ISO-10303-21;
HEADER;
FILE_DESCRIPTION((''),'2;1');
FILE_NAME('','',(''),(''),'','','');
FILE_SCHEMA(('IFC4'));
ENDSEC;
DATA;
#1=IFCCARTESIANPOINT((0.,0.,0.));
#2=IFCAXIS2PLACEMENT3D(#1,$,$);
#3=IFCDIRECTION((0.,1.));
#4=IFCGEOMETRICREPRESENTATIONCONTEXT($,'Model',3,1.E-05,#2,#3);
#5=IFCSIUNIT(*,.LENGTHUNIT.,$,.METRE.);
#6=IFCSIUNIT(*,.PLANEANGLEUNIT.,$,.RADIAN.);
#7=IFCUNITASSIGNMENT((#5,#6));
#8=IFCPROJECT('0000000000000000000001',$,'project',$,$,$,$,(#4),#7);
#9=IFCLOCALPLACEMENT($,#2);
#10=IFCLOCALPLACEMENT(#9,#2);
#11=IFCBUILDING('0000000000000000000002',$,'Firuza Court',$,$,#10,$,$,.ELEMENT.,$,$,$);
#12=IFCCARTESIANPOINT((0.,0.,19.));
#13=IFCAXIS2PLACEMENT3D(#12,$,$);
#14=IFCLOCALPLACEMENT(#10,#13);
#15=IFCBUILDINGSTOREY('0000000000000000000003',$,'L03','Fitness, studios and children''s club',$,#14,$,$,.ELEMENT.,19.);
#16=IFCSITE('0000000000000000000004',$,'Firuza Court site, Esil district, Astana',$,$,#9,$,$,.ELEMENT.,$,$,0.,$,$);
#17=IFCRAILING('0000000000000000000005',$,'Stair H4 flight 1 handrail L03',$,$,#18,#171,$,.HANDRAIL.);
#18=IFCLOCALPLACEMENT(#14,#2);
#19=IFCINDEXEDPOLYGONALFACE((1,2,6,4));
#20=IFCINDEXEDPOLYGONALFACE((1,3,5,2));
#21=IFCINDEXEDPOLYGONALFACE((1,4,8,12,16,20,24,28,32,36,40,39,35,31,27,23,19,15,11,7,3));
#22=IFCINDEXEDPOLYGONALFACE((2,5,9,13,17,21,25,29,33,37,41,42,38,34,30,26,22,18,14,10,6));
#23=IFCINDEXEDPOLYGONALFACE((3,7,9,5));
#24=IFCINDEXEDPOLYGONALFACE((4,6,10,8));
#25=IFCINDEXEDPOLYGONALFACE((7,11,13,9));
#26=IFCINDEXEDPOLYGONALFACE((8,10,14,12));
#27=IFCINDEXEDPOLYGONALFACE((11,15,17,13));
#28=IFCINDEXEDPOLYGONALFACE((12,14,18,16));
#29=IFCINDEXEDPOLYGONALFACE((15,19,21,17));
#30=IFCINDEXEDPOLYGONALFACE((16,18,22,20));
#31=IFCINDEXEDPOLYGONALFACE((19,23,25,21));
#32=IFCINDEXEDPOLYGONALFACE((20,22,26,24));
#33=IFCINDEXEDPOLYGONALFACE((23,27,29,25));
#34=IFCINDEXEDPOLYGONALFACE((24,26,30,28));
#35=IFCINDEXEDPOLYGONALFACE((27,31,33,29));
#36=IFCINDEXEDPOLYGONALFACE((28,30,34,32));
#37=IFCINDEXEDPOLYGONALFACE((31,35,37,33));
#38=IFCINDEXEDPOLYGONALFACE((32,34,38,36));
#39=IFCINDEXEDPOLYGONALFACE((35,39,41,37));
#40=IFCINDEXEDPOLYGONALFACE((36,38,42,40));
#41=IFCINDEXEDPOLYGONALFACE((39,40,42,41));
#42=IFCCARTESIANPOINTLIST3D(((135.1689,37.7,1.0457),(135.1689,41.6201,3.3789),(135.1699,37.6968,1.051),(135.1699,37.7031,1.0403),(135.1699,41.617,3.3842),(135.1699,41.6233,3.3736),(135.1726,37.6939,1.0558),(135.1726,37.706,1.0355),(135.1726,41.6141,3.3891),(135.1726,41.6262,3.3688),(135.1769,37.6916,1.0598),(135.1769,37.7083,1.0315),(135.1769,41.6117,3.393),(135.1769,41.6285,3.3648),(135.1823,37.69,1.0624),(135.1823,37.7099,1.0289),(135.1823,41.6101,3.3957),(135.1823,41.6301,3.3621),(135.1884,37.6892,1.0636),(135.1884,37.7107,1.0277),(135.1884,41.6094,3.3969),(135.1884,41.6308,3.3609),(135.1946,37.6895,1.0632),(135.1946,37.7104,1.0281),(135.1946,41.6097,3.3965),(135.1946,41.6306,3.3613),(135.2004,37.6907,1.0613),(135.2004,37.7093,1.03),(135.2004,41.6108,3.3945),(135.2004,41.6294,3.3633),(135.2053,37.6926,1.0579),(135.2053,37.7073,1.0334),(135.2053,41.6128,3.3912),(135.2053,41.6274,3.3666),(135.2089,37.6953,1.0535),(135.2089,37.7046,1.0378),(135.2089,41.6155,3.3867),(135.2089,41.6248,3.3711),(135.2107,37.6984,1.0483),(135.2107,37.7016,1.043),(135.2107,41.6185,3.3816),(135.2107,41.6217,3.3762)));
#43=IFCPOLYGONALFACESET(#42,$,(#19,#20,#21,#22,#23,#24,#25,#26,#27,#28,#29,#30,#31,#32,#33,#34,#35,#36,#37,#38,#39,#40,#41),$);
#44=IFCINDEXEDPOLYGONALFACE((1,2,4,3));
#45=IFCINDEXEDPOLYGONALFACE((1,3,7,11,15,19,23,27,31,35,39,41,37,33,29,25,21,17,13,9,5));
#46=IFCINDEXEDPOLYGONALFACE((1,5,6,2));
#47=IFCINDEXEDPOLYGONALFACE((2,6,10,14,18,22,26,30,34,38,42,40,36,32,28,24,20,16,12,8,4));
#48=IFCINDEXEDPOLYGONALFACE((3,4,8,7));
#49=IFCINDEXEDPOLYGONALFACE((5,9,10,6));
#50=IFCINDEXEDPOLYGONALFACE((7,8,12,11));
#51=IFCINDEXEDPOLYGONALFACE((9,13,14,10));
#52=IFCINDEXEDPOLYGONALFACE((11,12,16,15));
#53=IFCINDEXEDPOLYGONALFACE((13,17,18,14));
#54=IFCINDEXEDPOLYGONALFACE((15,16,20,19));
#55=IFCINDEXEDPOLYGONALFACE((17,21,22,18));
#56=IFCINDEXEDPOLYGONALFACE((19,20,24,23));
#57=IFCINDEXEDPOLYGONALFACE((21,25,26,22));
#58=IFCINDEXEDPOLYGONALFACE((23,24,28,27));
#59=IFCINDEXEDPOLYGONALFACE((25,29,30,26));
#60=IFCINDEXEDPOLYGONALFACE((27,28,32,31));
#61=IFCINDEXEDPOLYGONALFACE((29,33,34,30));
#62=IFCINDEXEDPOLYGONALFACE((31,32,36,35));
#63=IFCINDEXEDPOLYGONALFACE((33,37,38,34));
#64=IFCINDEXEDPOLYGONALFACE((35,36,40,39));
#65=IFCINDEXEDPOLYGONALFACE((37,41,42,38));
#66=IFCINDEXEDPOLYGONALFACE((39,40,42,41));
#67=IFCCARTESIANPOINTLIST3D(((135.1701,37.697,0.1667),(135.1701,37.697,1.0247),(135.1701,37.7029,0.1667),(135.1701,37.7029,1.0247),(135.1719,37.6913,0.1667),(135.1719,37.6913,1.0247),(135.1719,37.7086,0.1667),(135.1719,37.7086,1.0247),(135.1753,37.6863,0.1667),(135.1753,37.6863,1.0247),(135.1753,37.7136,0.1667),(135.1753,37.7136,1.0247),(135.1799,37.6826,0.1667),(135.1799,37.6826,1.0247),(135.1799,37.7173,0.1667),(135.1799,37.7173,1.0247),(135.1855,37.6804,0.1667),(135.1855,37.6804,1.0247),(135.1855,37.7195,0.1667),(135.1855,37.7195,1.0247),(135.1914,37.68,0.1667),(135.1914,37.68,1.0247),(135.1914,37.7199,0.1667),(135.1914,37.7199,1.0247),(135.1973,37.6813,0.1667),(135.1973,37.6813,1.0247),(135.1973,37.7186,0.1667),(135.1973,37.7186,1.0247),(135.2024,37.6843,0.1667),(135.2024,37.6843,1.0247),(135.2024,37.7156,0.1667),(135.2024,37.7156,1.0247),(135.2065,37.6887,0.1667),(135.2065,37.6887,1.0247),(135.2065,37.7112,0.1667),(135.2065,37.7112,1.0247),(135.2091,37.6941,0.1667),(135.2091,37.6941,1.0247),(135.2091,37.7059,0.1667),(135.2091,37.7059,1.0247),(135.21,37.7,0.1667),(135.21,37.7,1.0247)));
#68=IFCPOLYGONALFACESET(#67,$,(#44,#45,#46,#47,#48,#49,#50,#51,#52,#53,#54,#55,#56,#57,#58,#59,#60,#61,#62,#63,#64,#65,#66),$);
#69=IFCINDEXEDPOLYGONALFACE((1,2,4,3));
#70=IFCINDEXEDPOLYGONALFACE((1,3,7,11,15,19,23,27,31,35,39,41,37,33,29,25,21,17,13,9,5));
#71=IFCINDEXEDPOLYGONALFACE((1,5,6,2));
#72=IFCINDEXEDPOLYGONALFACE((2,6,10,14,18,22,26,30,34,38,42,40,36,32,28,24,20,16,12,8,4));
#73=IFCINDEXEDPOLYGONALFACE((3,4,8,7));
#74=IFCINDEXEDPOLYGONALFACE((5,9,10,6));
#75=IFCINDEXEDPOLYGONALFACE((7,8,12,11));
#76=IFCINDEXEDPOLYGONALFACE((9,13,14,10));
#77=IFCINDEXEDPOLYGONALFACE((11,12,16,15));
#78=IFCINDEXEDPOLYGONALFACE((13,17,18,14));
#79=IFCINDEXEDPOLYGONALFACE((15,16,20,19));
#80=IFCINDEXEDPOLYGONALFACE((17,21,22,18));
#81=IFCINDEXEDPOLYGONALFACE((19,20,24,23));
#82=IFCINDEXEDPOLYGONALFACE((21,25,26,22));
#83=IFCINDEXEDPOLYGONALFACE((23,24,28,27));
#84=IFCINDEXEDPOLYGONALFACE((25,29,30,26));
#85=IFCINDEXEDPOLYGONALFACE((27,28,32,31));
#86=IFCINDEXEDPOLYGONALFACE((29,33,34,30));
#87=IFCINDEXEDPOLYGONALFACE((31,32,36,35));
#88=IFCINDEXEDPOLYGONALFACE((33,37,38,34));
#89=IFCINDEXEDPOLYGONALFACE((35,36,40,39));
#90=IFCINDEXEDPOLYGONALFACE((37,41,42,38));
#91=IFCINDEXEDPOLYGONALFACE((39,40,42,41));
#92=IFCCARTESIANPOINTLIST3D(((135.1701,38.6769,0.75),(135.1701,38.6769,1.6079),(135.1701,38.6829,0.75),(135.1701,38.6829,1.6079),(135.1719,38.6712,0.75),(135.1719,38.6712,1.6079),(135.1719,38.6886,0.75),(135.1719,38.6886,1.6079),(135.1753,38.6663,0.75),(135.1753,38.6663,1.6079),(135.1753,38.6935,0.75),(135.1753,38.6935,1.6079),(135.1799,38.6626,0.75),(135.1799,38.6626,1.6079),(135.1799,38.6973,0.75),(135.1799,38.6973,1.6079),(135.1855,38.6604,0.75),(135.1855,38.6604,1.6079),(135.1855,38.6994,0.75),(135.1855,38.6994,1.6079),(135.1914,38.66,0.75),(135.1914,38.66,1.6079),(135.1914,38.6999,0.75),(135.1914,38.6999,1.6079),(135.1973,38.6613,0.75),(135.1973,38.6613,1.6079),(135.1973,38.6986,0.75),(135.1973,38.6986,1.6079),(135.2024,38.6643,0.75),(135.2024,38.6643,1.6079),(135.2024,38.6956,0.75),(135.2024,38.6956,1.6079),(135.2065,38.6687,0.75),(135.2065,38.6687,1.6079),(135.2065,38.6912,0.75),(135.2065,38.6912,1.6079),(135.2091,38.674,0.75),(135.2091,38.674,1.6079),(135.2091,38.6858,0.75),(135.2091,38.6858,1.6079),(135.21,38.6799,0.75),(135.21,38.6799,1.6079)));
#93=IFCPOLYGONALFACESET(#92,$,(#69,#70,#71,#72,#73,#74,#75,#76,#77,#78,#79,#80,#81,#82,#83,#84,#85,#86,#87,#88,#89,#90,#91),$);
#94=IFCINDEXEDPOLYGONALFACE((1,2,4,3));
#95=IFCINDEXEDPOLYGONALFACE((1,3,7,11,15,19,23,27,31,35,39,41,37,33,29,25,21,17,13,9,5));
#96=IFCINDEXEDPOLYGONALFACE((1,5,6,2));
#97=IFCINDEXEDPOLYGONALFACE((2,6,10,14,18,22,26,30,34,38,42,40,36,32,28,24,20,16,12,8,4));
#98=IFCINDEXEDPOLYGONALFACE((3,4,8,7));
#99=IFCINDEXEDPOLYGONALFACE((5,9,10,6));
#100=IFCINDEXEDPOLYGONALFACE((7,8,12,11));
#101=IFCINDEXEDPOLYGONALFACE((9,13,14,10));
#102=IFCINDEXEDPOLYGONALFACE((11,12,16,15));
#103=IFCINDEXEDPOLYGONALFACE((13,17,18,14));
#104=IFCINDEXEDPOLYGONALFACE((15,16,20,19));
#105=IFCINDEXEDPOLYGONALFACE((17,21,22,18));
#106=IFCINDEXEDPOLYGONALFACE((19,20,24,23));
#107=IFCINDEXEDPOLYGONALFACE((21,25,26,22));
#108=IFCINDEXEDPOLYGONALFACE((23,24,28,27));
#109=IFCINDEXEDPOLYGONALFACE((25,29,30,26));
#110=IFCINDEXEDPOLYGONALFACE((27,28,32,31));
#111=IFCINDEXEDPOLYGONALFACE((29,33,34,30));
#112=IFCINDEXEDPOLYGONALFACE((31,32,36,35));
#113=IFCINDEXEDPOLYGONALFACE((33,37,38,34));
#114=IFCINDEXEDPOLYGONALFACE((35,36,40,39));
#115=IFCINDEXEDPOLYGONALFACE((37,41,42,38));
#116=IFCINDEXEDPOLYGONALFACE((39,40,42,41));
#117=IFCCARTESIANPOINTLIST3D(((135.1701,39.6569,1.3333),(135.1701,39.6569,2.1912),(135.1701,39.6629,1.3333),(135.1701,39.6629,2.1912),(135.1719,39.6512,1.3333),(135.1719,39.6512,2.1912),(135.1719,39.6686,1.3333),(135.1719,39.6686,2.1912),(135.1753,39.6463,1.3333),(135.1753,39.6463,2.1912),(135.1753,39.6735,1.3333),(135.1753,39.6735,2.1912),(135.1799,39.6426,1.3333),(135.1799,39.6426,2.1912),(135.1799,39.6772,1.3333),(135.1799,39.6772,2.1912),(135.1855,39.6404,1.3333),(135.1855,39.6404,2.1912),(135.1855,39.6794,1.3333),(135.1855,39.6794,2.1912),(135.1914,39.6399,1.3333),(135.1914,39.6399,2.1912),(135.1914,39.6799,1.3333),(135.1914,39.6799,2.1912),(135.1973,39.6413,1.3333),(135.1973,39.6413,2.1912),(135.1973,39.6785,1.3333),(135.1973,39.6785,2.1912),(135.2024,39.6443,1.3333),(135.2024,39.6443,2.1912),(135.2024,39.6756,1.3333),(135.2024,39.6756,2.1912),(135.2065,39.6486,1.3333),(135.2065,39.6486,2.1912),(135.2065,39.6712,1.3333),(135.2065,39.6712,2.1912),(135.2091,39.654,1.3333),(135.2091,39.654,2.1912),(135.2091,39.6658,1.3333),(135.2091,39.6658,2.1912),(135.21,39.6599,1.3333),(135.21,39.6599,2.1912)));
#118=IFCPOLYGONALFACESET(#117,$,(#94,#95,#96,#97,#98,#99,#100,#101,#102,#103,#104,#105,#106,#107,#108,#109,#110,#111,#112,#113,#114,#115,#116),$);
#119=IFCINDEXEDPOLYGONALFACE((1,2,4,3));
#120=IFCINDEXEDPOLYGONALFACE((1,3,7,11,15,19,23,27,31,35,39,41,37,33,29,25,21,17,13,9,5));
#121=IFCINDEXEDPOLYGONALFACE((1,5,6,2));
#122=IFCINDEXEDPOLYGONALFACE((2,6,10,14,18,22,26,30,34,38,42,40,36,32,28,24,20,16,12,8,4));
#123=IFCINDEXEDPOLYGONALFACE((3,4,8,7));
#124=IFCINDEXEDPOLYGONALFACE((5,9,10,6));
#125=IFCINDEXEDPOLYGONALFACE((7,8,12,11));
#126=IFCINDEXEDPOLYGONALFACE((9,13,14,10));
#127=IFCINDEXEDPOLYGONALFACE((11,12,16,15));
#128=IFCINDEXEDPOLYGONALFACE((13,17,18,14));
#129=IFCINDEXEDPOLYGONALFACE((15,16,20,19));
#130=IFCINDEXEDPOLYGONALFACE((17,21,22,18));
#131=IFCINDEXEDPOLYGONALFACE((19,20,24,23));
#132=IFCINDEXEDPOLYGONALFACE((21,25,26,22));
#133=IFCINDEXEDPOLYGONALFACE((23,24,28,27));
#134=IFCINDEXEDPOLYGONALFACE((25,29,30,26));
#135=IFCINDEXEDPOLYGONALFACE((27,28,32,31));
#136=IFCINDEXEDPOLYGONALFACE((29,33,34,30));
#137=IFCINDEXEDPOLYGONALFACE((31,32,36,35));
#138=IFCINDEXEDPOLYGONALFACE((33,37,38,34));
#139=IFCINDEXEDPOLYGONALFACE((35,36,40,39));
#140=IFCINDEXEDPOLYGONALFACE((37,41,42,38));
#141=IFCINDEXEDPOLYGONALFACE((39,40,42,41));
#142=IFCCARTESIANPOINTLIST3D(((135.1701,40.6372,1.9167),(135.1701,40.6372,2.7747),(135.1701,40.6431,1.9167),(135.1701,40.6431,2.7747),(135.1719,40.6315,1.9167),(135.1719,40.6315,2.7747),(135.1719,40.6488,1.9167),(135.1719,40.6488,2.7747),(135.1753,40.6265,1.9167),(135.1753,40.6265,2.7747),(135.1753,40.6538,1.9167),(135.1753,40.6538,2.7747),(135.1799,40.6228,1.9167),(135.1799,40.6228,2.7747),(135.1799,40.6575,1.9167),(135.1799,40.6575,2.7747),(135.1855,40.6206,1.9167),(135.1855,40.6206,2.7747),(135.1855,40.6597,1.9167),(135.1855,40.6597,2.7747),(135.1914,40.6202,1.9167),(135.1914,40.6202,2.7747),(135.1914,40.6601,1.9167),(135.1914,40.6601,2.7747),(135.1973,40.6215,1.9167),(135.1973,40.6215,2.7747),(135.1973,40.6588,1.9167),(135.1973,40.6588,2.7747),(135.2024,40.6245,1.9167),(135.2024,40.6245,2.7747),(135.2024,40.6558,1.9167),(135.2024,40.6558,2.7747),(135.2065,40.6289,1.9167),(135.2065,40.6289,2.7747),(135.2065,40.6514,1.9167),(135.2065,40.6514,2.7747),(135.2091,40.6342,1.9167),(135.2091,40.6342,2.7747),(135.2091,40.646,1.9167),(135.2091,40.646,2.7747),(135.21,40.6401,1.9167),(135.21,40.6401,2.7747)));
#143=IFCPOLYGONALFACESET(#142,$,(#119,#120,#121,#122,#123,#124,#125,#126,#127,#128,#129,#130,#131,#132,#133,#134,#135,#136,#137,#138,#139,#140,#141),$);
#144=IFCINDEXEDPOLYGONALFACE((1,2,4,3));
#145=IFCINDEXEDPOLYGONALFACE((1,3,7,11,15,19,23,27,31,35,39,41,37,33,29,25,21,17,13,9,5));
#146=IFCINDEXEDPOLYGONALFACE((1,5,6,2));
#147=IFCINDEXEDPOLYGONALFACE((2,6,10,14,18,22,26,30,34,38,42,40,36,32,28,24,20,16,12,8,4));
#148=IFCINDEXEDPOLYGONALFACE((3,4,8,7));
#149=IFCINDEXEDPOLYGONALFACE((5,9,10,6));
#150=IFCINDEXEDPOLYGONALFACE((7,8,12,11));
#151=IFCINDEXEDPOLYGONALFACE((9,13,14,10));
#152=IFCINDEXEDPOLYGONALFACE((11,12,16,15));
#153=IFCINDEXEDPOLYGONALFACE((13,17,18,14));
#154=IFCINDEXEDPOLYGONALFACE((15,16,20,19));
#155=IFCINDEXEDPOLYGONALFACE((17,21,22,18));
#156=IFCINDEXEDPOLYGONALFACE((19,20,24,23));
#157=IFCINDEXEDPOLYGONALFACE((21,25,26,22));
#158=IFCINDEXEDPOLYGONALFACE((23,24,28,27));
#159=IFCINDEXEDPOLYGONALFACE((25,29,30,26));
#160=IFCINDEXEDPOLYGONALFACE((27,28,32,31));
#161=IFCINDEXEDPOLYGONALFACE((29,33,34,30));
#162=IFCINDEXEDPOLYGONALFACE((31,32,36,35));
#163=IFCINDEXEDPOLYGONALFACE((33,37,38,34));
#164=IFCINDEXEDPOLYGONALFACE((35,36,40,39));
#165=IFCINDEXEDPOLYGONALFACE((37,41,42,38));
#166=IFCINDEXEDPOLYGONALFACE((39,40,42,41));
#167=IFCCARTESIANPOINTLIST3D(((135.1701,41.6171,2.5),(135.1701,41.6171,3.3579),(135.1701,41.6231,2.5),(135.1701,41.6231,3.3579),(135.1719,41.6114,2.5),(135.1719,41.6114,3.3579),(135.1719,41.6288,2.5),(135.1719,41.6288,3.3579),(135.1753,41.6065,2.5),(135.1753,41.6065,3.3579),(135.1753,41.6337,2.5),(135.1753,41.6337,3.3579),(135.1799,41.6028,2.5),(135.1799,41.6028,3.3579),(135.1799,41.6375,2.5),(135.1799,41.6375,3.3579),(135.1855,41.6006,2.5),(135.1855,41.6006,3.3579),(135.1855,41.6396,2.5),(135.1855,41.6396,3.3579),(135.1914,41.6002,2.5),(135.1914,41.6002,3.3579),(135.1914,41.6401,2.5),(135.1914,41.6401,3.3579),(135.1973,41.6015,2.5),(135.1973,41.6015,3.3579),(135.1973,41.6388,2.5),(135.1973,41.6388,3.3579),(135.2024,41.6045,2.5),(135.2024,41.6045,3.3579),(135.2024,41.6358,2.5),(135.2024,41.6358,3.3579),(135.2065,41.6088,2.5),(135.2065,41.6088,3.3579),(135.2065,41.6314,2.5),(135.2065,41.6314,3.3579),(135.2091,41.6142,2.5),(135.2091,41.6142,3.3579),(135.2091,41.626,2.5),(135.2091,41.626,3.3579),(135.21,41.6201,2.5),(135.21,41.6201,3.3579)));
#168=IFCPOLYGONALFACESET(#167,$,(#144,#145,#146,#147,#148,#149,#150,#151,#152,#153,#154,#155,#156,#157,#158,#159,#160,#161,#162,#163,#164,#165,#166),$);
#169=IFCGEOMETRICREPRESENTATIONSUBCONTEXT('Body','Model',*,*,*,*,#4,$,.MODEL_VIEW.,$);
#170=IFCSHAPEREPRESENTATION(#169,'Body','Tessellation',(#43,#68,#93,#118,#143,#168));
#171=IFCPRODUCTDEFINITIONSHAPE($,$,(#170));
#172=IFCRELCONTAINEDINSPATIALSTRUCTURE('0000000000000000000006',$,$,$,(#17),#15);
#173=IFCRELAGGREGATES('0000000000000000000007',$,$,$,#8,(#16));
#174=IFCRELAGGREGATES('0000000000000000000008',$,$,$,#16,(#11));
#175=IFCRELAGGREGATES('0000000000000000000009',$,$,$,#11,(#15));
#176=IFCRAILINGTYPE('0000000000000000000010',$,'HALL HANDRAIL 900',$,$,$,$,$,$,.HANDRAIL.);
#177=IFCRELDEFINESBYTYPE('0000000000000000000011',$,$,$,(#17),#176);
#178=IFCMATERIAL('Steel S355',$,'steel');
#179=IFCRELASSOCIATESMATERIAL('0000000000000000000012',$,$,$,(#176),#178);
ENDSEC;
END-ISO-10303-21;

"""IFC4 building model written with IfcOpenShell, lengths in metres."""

from ifc_helpers import new_model, si_unit, direction, frame, origin, origin_2d, place, context, subcontext, project, spatial, circle, extrude, material, type_object, element, save


model = new_model("IFC4")

# Units and contexts
model_context = context("Model", 3, precision=1e-05, world=origin(), true_north=direction((0.0, 1.0)))
body_context = subcontext(model_context, "Body", "Model", "MODEL_VIEW")
ifc_project = project(units=[si_unit("LENGTHUNIT", "METRE"), si_unit("PLANEANGLEUNIT", "RADIAN")], contexts=[model_context])

# Site, building, storey
site_placement = place(None, origin())
site = spatial("IfcSite", under=ifc_project, at=site_placement, Name="Firuza Court site, Esil district, Astana", CompositionType="ELEMENT", RefElevation=0.0)
building_placement = place(site_placement, origin())
building = spatial("IfcBuilding", under=site, at=building_placement, Name="Firuza Court", CompositionType="ELEMENT")
storey_placement = place(building_placement, frame((0.0, 0.0, 19.0)))
storey = spatial("IfcBuildingStorey", under=building, at=storey_placement, Name="L03", Description="Fitness, studios and children's club", CompositionType="ELEMENT", Elevation=19.0)

# Railing
ifc_material_1 = material(Name="Steel S355", Category="steel")
railing_type_1 = type_object("IfcRailingType", Name="HALL HANDRAIL 900", PredefinedType="HANDRAIL", material=ifc_material_1)
railing_1_placement = place(storey_placement, frame((135.1899, 37.7, 0.1667)))
element("IfcRailing", 1, at=railing_1_placement, inside=storey, type_object=railing_type_1, Name="Stair H4 flight 1 handrail L03", PredefinedType="HANDRAIL", context=body_context, shape_type="SweptSolid", body=[
    extrude(circle(Radius=0.021, at=origin_2d()), frame((0.0, 0.0, 0.8789), z_axis=(0.0, 0.85931, 0.511455), x_axis=(-1.0, 0.0, 0.0)), (0.0, 0.0, 1.0), 4.562),
    extrude(circle(Radius=0.02, at=origin_2d()), origin(), (0.0, 0.0, 1.0), 0.8579),
    extrude(circle(Radius=0.02, at=origin_2d()), frame((0.0, 0.98, 0.5833)), (0.0, 0.0, 1.0), 0.8579),
    extrude(circle(Radius=0.02, at=origin_2d()), frame((0.0, 1.96, 1.1665)), (0.0, 0.0, 1.0), 0.8579),
    extrude(circle(Radius=0.02, at=origin_2d()), frame((0.0, 2.9402, 1.75)), (0.0, 0.0, 1.0), 0.8579),
    extrude(circle(Radius=0.02, at=origin_2d()), frame((0.0, 3.9202, 2.3333)), (0.0, 0.0, 1.0), 0.8579),
])

save(model, "model.ifc")
